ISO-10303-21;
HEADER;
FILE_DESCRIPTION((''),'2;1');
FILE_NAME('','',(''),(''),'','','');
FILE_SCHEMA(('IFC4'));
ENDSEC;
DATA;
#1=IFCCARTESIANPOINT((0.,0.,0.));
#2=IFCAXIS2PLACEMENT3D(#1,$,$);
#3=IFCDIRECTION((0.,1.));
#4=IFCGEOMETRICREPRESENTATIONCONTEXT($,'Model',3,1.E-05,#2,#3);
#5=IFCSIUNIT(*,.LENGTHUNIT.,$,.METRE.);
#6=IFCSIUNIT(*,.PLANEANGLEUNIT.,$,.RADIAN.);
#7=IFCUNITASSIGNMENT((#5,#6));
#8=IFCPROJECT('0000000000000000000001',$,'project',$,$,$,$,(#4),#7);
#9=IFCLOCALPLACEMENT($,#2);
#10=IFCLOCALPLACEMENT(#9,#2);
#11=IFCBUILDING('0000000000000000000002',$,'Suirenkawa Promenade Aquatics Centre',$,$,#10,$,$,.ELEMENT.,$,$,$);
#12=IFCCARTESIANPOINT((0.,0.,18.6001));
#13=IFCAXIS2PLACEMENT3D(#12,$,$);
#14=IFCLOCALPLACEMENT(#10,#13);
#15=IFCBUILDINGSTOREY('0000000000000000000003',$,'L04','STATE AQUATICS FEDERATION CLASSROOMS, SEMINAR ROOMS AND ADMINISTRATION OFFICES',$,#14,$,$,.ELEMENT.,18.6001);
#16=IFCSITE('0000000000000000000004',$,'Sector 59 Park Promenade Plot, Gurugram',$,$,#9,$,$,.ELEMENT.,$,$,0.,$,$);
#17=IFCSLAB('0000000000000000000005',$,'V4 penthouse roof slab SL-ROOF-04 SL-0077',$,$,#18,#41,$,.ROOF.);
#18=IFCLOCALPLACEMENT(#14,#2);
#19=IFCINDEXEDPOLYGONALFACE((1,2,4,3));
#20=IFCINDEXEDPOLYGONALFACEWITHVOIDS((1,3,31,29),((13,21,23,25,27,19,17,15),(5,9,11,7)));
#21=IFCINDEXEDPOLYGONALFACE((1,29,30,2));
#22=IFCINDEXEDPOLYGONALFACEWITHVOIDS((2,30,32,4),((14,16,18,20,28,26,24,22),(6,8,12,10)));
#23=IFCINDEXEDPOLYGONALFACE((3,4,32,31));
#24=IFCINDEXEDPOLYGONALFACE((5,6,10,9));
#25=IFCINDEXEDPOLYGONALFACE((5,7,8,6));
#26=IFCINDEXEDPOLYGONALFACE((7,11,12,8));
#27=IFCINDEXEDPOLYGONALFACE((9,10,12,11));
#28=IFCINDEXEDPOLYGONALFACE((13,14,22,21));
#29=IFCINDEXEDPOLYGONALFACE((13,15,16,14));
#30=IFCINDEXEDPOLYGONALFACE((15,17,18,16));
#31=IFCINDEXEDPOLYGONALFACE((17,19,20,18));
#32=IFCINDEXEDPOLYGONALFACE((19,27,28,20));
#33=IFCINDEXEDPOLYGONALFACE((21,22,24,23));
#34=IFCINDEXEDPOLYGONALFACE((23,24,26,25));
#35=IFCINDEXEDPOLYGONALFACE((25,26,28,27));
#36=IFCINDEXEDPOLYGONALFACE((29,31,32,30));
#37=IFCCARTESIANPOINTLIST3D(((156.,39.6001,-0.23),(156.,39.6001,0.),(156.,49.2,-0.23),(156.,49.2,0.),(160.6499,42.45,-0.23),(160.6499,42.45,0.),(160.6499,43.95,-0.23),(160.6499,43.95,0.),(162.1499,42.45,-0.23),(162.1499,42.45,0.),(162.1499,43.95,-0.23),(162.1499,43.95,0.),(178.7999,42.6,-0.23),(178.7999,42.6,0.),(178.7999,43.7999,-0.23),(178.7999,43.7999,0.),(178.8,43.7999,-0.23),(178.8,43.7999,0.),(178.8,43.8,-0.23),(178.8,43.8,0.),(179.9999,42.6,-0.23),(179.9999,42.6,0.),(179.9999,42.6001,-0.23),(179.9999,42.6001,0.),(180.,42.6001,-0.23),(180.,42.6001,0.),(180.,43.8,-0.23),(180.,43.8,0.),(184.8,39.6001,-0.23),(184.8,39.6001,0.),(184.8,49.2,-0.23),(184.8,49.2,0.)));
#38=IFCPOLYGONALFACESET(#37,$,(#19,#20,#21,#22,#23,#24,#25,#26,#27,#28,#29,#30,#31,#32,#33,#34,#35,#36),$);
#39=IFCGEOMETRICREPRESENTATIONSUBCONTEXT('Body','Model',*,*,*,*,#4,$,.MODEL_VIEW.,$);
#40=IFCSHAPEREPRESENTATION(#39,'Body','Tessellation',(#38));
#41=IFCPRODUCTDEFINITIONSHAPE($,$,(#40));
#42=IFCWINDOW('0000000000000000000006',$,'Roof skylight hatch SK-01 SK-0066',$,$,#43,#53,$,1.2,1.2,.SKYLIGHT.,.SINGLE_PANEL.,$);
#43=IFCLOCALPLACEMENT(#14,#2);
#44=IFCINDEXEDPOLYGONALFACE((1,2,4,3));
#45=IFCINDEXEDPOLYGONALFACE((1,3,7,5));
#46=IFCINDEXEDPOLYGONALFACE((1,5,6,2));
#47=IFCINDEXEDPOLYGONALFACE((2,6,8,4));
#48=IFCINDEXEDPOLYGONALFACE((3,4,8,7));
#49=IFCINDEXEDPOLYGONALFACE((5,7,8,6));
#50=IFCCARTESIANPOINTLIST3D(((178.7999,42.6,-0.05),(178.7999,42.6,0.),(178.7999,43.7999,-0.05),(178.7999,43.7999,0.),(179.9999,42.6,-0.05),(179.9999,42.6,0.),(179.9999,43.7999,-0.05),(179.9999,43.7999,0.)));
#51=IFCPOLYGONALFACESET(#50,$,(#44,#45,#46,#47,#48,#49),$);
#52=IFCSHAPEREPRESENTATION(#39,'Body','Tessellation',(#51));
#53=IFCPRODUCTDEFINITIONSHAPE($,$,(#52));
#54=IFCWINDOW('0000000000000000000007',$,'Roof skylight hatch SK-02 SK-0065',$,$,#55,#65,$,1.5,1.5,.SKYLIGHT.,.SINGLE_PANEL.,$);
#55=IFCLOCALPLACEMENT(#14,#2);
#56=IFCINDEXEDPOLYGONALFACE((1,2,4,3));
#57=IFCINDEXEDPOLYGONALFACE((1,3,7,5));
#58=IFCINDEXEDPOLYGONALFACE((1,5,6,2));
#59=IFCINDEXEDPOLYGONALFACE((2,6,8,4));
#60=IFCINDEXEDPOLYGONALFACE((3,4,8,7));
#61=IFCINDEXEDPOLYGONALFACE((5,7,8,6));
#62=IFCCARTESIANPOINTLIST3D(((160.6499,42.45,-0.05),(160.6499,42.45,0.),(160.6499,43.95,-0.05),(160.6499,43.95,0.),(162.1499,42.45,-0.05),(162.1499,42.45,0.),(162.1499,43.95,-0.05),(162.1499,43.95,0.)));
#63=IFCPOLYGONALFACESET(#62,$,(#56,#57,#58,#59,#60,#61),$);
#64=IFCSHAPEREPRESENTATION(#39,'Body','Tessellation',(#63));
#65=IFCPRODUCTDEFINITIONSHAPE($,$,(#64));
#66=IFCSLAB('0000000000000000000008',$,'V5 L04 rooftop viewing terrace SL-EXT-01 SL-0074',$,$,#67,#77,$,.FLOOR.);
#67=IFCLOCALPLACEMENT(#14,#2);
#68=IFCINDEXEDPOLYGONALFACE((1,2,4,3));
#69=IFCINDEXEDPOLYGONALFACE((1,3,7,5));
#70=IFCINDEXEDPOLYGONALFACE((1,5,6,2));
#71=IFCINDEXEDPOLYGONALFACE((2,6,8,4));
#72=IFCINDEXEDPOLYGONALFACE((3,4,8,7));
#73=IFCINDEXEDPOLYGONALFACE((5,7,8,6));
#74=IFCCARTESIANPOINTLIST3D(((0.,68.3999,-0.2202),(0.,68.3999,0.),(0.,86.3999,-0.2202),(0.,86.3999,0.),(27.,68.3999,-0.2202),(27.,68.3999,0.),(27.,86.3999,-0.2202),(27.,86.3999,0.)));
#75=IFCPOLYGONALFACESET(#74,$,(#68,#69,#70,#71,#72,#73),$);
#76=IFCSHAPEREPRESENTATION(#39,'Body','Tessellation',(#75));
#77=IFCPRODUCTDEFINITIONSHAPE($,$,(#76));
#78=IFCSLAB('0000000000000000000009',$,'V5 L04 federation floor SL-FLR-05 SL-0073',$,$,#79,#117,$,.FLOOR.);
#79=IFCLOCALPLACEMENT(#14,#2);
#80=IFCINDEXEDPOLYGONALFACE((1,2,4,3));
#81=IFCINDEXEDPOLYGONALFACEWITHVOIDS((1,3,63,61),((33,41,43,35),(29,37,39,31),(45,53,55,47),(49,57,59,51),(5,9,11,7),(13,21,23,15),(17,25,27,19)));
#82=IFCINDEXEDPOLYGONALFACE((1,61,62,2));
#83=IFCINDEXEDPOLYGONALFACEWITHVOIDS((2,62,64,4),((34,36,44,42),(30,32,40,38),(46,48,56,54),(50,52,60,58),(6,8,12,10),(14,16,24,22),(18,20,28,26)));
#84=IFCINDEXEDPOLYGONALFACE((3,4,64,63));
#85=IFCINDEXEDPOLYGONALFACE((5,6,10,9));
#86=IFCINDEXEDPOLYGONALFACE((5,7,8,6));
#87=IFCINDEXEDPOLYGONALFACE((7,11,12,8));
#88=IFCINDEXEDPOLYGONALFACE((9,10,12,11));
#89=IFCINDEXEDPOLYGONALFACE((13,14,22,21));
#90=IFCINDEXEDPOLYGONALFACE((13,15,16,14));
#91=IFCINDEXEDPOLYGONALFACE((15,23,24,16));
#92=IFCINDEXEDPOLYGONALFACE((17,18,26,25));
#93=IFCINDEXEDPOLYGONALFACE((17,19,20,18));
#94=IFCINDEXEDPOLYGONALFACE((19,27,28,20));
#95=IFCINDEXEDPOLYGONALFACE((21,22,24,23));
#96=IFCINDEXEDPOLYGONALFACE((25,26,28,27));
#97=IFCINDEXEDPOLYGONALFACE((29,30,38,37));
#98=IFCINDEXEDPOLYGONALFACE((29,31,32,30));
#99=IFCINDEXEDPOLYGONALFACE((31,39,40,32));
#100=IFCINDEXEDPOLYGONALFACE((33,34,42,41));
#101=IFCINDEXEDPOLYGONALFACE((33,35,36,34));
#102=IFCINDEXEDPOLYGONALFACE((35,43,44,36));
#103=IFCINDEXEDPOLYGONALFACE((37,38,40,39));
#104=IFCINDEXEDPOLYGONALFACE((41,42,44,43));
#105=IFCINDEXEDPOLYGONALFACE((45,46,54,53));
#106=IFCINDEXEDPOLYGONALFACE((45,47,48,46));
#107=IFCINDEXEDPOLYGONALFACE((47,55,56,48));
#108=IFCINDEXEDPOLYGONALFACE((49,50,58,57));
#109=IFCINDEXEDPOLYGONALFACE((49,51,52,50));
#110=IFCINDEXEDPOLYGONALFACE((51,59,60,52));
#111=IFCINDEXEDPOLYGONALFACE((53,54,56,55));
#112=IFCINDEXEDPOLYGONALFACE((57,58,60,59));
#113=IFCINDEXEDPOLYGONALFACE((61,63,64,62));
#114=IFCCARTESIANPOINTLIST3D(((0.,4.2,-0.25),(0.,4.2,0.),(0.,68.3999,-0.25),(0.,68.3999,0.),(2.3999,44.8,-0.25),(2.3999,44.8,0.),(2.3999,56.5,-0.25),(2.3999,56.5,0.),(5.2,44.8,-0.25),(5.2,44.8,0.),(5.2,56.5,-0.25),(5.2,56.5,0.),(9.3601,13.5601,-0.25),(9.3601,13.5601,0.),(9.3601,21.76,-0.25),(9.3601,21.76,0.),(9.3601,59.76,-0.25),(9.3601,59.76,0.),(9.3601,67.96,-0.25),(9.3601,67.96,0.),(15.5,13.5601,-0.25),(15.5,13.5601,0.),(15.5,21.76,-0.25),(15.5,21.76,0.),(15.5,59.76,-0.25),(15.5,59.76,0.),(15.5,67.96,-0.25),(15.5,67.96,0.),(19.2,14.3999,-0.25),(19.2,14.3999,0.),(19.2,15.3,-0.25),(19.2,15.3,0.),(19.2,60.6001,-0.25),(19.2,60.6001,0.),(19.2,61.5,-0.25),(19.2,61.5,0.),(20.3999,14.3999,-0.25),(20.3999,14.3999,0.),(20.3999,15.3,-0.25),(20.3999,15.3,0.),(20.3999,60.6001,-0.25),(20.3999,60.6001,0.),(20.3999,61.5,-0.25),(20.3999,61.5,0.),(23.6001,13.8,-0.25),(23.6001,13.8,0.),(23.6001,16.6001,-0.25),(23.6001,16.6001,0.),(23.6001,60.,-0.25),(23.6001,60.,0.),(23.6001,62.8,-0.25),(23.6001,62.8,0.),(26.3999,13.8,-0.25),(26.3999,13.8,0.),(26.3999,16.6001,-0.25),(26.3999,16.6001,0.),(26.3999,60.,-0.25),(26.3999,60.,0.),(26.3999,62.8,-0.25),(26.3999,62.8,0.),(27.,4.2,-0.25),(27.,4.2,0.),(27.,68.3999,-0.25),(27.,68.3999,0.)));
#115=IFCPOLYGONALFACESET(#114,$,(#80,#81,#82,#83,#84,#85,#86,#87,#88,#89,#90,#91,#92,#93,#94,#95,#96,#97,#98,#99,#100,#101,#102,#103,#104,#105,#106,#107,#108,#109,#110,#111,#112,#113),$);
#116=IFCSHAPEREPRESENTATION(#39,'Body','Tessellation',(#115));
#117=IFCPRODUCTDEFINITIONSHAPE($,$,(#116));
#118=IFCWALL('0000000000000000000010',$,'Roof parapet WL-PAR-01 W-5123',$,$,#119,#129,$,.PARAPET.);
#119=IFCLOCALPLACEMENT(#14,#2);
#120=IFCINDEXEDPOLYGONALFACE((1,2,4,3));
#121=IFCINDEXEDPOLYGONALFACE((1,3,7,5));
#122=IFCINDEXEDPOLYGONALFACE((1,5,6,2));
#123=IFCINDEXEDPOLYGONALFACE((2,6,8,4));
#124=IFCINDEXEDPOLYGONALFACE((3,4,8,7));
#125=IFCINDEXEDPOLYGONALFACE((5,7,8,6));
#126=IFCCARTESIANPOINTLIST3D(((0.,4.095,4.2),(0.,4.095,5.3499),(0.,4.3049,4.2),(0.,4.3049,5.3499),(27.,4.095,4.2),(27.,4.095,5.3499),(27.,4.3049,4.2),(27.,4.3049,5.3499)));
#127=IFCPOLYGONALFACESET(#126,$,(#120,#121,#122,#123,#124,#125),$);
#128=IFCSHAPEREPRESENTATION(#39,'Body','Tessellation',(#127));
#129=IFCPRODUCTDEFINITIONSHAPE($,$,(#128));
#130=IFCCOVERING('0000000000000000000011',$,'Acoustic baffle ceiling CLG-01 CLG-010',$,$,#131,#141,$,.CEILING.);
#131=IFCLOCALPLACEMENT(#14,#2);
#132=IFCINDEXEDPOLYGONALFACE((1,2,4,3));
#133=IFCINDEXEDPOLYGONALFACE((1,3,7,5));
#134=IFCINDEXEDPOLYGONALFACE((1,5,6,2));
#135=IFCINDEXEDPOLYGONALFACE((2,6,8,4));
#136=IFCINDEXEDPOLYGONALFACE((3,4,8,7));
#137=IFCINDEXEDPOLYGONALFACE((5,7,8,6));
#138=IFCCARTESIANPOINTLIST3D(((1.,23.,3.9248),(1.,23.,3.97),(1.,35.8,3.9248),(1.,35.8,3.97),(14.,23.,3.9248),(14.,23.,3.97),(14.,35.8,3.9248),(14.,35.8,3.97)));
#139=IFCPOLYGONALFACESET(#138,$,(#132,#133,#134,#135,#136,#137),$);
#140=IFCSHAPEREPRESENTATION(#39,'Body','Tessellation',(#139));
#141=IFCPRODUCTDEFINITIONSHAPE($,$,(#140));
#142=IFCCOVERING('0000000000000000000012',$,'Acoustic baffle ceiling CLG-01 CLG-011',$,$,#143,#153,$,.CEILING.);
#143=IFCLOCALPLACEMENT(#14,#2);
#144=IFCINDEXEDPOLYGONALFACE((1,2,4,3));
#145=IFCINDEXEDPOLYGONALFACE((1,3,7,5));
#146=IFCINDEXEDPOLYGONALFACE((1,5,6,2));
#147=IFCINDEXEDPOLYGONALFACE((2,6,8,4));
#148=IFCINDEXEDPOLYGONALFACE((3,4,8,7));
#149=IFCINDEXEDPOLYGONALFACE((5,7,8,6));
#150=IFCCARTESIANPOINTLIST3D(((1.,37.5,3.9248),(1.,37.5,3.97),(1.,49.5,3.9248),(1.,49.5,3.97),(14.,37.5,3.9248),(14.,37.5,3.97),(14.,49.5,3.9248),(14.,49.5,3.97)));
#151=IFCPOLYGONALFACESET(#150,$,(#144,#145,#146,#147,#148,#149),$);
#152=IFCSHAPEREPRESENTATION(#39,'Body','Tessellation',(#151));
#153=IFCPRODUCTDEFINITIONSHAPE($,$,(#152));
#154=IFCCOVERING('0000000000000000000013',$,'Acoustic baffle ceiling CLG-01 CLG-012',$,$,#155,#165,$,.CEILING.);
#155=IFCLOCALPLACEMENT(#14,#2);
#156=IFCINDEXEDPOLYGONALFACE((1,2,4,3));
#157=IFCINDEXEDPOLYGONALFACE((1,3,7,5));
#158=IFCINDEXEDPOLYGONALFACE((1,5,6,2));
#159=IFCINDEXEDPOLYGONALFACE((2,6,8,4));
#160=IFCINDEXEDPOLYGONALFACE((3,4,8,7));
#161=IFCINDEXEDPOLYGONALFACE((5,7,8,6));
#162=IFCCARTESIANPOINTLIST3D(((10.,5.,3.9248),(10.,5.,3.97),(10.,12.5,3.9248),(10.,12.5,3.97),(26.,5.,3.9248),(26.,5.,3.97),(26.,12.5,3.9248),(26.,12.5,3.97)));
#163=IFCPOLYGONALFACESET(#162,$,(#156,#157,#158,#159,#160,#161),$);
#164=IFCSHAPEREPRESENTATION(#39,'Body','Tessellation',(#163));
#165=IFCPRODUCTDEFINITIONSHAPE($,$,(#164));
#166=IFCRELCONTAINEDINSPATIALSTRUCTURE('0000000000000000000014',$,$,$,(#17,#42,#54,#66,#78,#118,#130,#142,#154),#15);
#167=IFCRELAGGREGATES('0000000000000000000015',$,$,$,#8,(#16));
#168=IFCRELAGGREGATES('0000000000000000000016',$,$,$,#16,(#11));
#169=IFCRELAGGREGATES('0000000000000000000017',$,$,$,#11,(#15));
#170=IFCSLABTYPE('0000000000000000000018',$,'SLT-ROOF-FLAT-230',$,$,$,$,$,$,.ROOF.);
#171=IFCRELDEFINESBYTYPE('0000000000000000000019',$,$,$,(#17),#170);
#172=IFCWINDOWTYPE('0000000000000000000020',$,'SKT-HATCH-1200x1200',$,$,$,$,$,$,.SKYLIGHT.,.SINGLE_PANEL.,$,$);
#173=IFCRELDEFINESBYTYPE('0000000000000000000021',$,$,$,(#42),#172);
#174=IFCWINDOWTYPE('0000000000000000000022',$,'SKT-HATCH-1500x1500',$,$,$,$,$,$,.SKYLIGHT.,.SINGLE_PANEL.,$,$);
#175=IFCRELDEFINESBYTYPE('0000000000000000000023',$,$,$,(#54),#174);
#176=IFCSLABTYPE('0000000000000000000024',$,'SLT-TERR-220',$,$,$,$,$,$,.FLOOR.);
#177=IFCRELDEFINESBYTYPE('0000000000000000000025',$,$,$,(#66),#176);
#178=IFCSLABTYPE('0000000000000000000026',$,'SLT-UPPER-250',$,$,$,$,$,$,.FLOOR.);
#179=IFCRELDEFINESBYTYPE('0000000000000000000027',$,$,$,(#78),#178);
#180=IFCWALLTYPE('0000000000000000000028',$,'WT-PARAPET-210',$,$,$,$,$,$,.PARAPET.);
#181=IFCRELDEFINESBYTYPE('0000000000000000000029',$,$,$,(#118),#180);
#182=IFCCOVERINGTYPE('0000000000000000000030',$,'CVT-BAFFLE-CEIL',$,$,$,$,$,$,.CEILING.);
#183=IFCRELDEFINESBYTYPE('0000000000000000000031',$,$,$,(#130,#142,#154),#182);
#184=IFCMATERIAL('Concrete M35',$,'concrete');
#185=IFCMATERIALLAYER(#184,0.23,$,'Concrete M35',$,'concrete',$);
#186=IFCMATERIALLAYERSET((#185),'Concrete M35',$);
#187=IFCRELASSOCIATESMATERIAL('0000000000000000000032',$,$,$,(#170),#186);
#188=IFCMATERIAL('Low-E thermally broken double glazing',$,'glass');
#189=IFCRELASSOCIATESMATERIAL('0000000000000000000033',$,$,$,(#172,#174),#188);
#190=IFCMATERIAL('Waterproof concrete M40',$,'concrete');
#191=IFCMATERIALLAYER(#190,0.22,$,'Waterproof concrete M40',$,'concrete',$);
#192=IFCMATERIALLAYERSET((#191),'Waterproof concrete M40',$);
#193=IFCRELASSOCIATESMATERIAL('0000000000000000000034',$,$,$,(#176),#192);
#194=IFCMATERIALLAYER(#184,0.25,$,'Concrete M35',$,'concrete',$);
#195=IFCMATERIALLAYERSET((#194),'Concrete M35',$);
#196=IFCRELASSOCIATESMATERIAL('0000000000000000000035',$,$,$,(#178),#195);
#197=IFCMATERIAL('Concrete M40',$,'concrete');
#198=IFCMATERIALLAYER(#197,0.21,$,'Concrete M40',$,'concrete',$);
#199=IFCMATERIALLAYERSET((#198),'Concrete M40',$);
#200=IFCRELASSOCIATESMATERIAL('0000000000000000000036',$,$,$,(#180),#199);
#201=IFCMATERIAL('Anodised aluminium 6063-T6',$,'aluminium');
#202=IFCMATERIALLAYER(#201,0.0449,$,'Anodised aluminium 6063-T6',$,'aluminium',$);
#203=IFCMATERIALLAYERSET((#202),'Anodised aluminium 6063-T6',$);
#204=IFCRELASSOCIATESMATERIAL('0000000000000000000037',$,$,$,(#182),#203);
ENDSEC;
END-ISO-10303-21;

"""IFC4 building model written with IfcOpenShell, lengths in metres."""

from ifc_helpers import new_model, si_unit, direction, frame, frame_2d, origin, origin_2d, place, context, subcontext, project, spatial, polyline, rectangle, outline, extrude, material, layer, layer_set, type_object, element, fill, save


model = new_model("IFC4")

# Units and contexts
model_context = context("Model", 3, precision=1e-05, world=origin(), true_north=direction((0.0, 1.0)))
body_context = subcontext(model_context, "Body", "Model", "MODEL_VIEW")
ifc_project = project(units=[si_unit("LENGTHUNIT", "METRE"), si_unit("PLANEANGLEUNIT", "RADIAN")], contexts=[model_context])

# Site, building, storey
site_placement = place(None, origin())
site = spatial("IfcSite", under=ifc_project, at=site_placement, Name="Sector 59 Park Promenade Plot, Gurugram", CompositionType="ELEMENT", RefElevation=0.0)
building_placement = place(site_placement, origin())
building = spatial("IfcBuilding", under=site, at=building_placement, Name="Suirenkawa Promenade Aquatics Centre", CompositionType="ELEMENT")
storey_placement = place(building_placement, frame((0.0, 0.0, 18.6001)))
storey = spatial("IfcBuildingStorey", under=building, at=storey_placement, Name="L04", Description="STATE AQUATICS FEDERATION CLASSROOMS, SEMINAR ROOMS AND ADMINISTRATION OFFICES", CompositionType="ELEMENT", Elevation=18.6001)

# Shared definitions
ifc_material_1 = material(Name="Concrete M40", Category="concrete")

# Shared definitions
ifc_material_2 = material(Name="Anodised aluminium 6063-T6", Category="aluminium")

# Shared definitions
ifc_material_3 = material(Name="Concrete M35", Category="concrete")
ifc_layer_1 = layer(ifc_material_3, 0.23, Name="Concrete M35", Category="concrete")
ifc_layer_set_1 = layer_set([ifc_layer_1], Name="Concrete M35")
slab_type_1 = type_object("IfcSlabType", Name="SLT-ROOF-FLAT-230", PredefinedType="ROOF", material=ifc_layer_set_1)

# Slab, openings, windows
slab_1_placement = place(storey_placement, frame((0.0, 0.0, -0.23)))
slab_1 = element("IfcSlab", 1, at=slab_1_placement, inside=storey, type_object=slab_type_1, Name="V4 penthouse roof slab SL-ROOF-04 SL-0077", PredefinedType="ROOF", context=body_context, shape_type="SweptSolid", body=[
    extrude(outline(polyline([(156.0, 39.6001), (184.8, 39.6001), (184.8, 49.2), (156.0, 49.2), (156.0, 39.6001)]), holes=[polyline([(160.6499, 42.45), (162.1499, 42.45), (162.1499, 43.95), (160.6499, 43.95), (160.6499, 42.45)]), polyline([(178.8, 42.6001), (180.0, 42.6001), (180.0, 43.8), (178.8, 43.8), (178.8, 42.6001)])]), origin(), (0.0, 0.0, 1.0), 0.23),
])
opening_1_placement = place(slab_1_placement, frame((161.3999, 43.2, 0.0)))
opening_1 = element("IfcOpeningElement", 2, at=opening_1_placement, cuts=slab_1, PredefinedType="OPENING", context=body_context, shape_type="SweptSolid", body=[
    extrude(rectangle(XDim=1.5, YDim=1.5, at=origin_2d()), origin(), (0.0, 0.0, 1.0), 0.23),
])
opening_2_placement = place(slab_1_placement, frame((179.3999, 43.2, 0.0)))
opening_2 = element("IfcOpeningElement", 3, at=opening_2_placement, cuts=slab_1, PredefinedType="OPENING", context=body_context, shape_type="SweptSolid", body=[
    extrude(rectangle(XDim=1.2, YDim=1.2, at=origin_2d()), origin(), (0.0, 0.0, 1.0), 0.23),
])
ifc_material_4 = material(Name="Low-E thermally broken double glazing", Category="glass")
window_type_1 = type_object("IfcWindowType", Name="SKT-HATCH-1200x1200", PartitioningType="SINGLE_PANEL", PredefinedType="SKYLIGHT", material=ifc_material_4)
window_1_placement = place(opening_2_placement, frame((0.0, 0.0, 0.1799)))
window_1 = element("IfcWindow", 4, at=window_1_placement, inside=storey, type_object=window_type_1, Name="Roof skylight hatch SK-01 SK-0066", OverallHeight=1.2, OverallWidth=1.2, PartitioningType="SINGLE_PANEL", PredefinedType="SKYLIGHT", context=body_context, shape_type="SweptSolid", body=[
    extrude(rectangle(XDim=1.2, YDim=1.2, at=origin_2d()), origin(), (0.0, 0.0, 1.0), 0.05),
])
fill(opening_2, window_1)
window_type_2 = type_object("IfcWindowType", Name="SKT-HATCH-1500x1500", PartitioningType="SINGLE_PANEL", PredefinedType="SKYLIGHT", material=ifc_material_4)
window_2_placement = place(opening_1_placement, frame((0.0, 0.0, 0.1799)))
window_2 = element("IfcWindow", 5, at=window_2_placement, inside=storey, type_object=window_type_2, Name="Roof skylight hatch SK-02 SK-0065", OverallHeight=1.5, OverallWidth=1.5, PartitioningType="SINGLE_PANEL", PredefinedType="SKYLIGHT", context=body_context, shape_type="SweptSolid", body=[
    extrude(rectangle(XDim=1.5, YDim=1.5, at=origin_2d()), origin(), (0.0, 0.0, 1.0), 0.05),
])
fill(opening_1, window_2)

# Slabs
ifc_material_5 = material(Name="Waterproof concrete M40", Category="concrete")
ifc_layer_2 = layer(ifc_material_5, 0.22, Name="Waterproof concrete M40", Category="concrete")
ifc_layer_set_2 = layer_set([ifc_layer_2], Name="Waterproof concrete M40")
slab_type_2 = type_object("IfcSlabType", Name="SLT-TERR-220", PredefinedType="FLOOR", material=ifc_layer_set_2)
slab_2_placement = place(storey_placement, frame((0.0, 0.0, -0.2202)))
element("IfcSlab", 6, at=slab_2_placement, inside=storey, type_object=slab_type_2, Name="V5 L04 rooftop viewing terrace SL-EXT-01 SL-0074", PredefinedType="FLOOR", context=body_context, shape_type="SweptSolid", body=[
    extrude(outline(polyline([(0.0, 68.3999), (27.0, 68.3999), (27.0, 86.3999), (0.0, 86.3999), (0.0, 68.3999)])), origin(), (0.0, 0.0, 1.0), 0.2202),
])
ifc_layer_3 = layer(ifc_material_3, 0.25, Name="Concrete M35", Category="concrete")
ifc_layer_set_3 = layer_set([ifc_layer_3], Name="Concrete M35")
slab_type_3 = type_object("IfcSlabType", Name="SLT-UPPER-250", PredefinedType="FLOOR", material=ifc_layer_set_3)
slab_3_placement = place(storey_placement, frame((0.0, 0.0, -0.25)))
element("IfcSlab", 7, at=slab_3_placement, inside=storey, type_object=slab_type_3, Name="V5 L04 federation floor SL-FLR-05 SL-0073", PredefinedType="FLOOR", context=body_context, shape_type="SweptSolid", body=[
    extrude(outline(polyline([(0.0, 4.2), (27.0, 4.2), (27.0, 68.3999), (0.0, 68.3999), (0.0, 4.2)]), holes=[polyline([(9.3601, 13.5601), (15.5, 13.5601), (15.5, 21.76), (9.3601, 21.76), (9.3601, 13.5601)]), polyline([(23.6001, 13.8), (26.3999, 13.8), (26.3999, 16.6001), (23.6001, 16.6001), (23.6001, 13.8)]), polyline([(9.3601, 59.76), (15.5, 59.76), (15.5, 67.96), (9.3601, 67.96), (9.3601, 59.76)]), polyline([(23.6001, 60.0), (26.3999, 60.0), (26.3999, 62.8), (23.6001, 62.8), (23.6001, 60.0)]), polyline([(19.2, 14.3999), (20.3999, 14.3999), (20.3999, 15.3), (19.2, 15.3), (19.2, 14.3999)]), polyline([(19.2, 60.6001), (20.3999, 60.6001), (20.3999, 61.5), (19.2, 61.5), (19.2, 60.6001)]), polyline([(2.3999, 44.8), (5.2, 44.8), (5.2, 56.5), (2.3999, 56.5), (2.3999, 44.8)])]), origin(), (0.0, 0.0, 1.0), 0.25),
])

# Wall
ifc_layer_4 = layer(ifc_material_1, 0.21, Name="Concrete M40", Category="concrete")
ifc_layer_set_4 = layer_set([ifc_layer_4], Name="Concrete M40")
wall_type = type_object("IfcWallType", Name="WT-PARAPET-210", PredefinedType="PARAPET", material=ifc_layer_set_4)
wall_placement = place(storey_placement, frame((0.0, 4.2, 4.2), z_axis=(0.0, 0.0, 1.0), x_axis=(1.0, 0.0, 0.0)))
element("IfcWall", 8, at=wall_placement, inside=storey, type_object=wall_type, Name="Roof parapet WL-PAR-01 W-5123", PredefinedType="PARAPET", context=body_context, shape_type="SweptSolid", body=[
    extrude(rectangle(XDim=27.0, YDim=0.21, at=frame_2d((13.5, 0.0))), origin(), (0.0, 0.0, 1.0), 1.1499),
])

# Coverings
ifc_layer_5 = layer(ifc_material_2, 0.0449, Name="Anodised aluminium 6063-T6", Category="aluminium")
ifc_layer_set_5 = layer_set([ifc_layer_5], Name="Anodised aluminium 6063-T6")
covering_type_1 = type_object("IfcCoveringType", Name="CVT-BAFFLE-CEIL", PredefinedType="CEILING", material=ifc_layer_set_5)
covering_1_placement = place(storey_placement, frame((0.0, 0.0, 3.9248)))
element("IfcCovering", 9, at=covering_1_placement, inside=storey, type_object=covering_type_1, Name="Acoustic baffle ceiling CLG-01 CLG-010", PredefinedType="CEILING", context=body_context, shape_type="SweptSolid", body=[
    extrude(outline(polyline([(1.0, 23.0), (14.0, 23.0), (14.0, 35.8), (1.0, 35.8), (1.0, 23.0)])), origin(), (0.0, 0.0, 1.0), 0.0452),
])
covering_2_placement = place(storey_placement, frame((0.0, 0.0, 3.9248)))
element("IfcCovering", 10, at=covering_2_placement, inside=storey, type_object=covering_type_1, Name="Acoustic baffle ceiling CLG-01 CLG-011", PredefinedType="CEILING", context=body_context, shape_type="SweptSolid", body=[
    extrude(outline(polyline([(1.0, 37.5), (14.0, 37.5), (14.0, 49.5), (1.0, 49.5), (1.0, 37.5)])), origin(), (0.0, 0.0, 1.0), 0.0452),
])
covering_3_placement = place(storey_placement, frame((0.0, 0.0, 3.9248)))
element("IfcCovering", 11, at=covering_3_placement, inside=storey, type_object=covering_type_1, Name="Acoustic baffle ceiling CLG-01 CLG-012", PredefinedType="CEILING", context=body_context, shape_type="SweptSolid", body=[
    extrude(outline(polyline([(10.0, 5.0), (26.0, 5.0), (26.0, 12.5), (10.0, 12.5), (10.0, 5.0)])), origin(), (0.0, 0.0, 1.0), 0.0452),
])

save(model, "model.ifc")
